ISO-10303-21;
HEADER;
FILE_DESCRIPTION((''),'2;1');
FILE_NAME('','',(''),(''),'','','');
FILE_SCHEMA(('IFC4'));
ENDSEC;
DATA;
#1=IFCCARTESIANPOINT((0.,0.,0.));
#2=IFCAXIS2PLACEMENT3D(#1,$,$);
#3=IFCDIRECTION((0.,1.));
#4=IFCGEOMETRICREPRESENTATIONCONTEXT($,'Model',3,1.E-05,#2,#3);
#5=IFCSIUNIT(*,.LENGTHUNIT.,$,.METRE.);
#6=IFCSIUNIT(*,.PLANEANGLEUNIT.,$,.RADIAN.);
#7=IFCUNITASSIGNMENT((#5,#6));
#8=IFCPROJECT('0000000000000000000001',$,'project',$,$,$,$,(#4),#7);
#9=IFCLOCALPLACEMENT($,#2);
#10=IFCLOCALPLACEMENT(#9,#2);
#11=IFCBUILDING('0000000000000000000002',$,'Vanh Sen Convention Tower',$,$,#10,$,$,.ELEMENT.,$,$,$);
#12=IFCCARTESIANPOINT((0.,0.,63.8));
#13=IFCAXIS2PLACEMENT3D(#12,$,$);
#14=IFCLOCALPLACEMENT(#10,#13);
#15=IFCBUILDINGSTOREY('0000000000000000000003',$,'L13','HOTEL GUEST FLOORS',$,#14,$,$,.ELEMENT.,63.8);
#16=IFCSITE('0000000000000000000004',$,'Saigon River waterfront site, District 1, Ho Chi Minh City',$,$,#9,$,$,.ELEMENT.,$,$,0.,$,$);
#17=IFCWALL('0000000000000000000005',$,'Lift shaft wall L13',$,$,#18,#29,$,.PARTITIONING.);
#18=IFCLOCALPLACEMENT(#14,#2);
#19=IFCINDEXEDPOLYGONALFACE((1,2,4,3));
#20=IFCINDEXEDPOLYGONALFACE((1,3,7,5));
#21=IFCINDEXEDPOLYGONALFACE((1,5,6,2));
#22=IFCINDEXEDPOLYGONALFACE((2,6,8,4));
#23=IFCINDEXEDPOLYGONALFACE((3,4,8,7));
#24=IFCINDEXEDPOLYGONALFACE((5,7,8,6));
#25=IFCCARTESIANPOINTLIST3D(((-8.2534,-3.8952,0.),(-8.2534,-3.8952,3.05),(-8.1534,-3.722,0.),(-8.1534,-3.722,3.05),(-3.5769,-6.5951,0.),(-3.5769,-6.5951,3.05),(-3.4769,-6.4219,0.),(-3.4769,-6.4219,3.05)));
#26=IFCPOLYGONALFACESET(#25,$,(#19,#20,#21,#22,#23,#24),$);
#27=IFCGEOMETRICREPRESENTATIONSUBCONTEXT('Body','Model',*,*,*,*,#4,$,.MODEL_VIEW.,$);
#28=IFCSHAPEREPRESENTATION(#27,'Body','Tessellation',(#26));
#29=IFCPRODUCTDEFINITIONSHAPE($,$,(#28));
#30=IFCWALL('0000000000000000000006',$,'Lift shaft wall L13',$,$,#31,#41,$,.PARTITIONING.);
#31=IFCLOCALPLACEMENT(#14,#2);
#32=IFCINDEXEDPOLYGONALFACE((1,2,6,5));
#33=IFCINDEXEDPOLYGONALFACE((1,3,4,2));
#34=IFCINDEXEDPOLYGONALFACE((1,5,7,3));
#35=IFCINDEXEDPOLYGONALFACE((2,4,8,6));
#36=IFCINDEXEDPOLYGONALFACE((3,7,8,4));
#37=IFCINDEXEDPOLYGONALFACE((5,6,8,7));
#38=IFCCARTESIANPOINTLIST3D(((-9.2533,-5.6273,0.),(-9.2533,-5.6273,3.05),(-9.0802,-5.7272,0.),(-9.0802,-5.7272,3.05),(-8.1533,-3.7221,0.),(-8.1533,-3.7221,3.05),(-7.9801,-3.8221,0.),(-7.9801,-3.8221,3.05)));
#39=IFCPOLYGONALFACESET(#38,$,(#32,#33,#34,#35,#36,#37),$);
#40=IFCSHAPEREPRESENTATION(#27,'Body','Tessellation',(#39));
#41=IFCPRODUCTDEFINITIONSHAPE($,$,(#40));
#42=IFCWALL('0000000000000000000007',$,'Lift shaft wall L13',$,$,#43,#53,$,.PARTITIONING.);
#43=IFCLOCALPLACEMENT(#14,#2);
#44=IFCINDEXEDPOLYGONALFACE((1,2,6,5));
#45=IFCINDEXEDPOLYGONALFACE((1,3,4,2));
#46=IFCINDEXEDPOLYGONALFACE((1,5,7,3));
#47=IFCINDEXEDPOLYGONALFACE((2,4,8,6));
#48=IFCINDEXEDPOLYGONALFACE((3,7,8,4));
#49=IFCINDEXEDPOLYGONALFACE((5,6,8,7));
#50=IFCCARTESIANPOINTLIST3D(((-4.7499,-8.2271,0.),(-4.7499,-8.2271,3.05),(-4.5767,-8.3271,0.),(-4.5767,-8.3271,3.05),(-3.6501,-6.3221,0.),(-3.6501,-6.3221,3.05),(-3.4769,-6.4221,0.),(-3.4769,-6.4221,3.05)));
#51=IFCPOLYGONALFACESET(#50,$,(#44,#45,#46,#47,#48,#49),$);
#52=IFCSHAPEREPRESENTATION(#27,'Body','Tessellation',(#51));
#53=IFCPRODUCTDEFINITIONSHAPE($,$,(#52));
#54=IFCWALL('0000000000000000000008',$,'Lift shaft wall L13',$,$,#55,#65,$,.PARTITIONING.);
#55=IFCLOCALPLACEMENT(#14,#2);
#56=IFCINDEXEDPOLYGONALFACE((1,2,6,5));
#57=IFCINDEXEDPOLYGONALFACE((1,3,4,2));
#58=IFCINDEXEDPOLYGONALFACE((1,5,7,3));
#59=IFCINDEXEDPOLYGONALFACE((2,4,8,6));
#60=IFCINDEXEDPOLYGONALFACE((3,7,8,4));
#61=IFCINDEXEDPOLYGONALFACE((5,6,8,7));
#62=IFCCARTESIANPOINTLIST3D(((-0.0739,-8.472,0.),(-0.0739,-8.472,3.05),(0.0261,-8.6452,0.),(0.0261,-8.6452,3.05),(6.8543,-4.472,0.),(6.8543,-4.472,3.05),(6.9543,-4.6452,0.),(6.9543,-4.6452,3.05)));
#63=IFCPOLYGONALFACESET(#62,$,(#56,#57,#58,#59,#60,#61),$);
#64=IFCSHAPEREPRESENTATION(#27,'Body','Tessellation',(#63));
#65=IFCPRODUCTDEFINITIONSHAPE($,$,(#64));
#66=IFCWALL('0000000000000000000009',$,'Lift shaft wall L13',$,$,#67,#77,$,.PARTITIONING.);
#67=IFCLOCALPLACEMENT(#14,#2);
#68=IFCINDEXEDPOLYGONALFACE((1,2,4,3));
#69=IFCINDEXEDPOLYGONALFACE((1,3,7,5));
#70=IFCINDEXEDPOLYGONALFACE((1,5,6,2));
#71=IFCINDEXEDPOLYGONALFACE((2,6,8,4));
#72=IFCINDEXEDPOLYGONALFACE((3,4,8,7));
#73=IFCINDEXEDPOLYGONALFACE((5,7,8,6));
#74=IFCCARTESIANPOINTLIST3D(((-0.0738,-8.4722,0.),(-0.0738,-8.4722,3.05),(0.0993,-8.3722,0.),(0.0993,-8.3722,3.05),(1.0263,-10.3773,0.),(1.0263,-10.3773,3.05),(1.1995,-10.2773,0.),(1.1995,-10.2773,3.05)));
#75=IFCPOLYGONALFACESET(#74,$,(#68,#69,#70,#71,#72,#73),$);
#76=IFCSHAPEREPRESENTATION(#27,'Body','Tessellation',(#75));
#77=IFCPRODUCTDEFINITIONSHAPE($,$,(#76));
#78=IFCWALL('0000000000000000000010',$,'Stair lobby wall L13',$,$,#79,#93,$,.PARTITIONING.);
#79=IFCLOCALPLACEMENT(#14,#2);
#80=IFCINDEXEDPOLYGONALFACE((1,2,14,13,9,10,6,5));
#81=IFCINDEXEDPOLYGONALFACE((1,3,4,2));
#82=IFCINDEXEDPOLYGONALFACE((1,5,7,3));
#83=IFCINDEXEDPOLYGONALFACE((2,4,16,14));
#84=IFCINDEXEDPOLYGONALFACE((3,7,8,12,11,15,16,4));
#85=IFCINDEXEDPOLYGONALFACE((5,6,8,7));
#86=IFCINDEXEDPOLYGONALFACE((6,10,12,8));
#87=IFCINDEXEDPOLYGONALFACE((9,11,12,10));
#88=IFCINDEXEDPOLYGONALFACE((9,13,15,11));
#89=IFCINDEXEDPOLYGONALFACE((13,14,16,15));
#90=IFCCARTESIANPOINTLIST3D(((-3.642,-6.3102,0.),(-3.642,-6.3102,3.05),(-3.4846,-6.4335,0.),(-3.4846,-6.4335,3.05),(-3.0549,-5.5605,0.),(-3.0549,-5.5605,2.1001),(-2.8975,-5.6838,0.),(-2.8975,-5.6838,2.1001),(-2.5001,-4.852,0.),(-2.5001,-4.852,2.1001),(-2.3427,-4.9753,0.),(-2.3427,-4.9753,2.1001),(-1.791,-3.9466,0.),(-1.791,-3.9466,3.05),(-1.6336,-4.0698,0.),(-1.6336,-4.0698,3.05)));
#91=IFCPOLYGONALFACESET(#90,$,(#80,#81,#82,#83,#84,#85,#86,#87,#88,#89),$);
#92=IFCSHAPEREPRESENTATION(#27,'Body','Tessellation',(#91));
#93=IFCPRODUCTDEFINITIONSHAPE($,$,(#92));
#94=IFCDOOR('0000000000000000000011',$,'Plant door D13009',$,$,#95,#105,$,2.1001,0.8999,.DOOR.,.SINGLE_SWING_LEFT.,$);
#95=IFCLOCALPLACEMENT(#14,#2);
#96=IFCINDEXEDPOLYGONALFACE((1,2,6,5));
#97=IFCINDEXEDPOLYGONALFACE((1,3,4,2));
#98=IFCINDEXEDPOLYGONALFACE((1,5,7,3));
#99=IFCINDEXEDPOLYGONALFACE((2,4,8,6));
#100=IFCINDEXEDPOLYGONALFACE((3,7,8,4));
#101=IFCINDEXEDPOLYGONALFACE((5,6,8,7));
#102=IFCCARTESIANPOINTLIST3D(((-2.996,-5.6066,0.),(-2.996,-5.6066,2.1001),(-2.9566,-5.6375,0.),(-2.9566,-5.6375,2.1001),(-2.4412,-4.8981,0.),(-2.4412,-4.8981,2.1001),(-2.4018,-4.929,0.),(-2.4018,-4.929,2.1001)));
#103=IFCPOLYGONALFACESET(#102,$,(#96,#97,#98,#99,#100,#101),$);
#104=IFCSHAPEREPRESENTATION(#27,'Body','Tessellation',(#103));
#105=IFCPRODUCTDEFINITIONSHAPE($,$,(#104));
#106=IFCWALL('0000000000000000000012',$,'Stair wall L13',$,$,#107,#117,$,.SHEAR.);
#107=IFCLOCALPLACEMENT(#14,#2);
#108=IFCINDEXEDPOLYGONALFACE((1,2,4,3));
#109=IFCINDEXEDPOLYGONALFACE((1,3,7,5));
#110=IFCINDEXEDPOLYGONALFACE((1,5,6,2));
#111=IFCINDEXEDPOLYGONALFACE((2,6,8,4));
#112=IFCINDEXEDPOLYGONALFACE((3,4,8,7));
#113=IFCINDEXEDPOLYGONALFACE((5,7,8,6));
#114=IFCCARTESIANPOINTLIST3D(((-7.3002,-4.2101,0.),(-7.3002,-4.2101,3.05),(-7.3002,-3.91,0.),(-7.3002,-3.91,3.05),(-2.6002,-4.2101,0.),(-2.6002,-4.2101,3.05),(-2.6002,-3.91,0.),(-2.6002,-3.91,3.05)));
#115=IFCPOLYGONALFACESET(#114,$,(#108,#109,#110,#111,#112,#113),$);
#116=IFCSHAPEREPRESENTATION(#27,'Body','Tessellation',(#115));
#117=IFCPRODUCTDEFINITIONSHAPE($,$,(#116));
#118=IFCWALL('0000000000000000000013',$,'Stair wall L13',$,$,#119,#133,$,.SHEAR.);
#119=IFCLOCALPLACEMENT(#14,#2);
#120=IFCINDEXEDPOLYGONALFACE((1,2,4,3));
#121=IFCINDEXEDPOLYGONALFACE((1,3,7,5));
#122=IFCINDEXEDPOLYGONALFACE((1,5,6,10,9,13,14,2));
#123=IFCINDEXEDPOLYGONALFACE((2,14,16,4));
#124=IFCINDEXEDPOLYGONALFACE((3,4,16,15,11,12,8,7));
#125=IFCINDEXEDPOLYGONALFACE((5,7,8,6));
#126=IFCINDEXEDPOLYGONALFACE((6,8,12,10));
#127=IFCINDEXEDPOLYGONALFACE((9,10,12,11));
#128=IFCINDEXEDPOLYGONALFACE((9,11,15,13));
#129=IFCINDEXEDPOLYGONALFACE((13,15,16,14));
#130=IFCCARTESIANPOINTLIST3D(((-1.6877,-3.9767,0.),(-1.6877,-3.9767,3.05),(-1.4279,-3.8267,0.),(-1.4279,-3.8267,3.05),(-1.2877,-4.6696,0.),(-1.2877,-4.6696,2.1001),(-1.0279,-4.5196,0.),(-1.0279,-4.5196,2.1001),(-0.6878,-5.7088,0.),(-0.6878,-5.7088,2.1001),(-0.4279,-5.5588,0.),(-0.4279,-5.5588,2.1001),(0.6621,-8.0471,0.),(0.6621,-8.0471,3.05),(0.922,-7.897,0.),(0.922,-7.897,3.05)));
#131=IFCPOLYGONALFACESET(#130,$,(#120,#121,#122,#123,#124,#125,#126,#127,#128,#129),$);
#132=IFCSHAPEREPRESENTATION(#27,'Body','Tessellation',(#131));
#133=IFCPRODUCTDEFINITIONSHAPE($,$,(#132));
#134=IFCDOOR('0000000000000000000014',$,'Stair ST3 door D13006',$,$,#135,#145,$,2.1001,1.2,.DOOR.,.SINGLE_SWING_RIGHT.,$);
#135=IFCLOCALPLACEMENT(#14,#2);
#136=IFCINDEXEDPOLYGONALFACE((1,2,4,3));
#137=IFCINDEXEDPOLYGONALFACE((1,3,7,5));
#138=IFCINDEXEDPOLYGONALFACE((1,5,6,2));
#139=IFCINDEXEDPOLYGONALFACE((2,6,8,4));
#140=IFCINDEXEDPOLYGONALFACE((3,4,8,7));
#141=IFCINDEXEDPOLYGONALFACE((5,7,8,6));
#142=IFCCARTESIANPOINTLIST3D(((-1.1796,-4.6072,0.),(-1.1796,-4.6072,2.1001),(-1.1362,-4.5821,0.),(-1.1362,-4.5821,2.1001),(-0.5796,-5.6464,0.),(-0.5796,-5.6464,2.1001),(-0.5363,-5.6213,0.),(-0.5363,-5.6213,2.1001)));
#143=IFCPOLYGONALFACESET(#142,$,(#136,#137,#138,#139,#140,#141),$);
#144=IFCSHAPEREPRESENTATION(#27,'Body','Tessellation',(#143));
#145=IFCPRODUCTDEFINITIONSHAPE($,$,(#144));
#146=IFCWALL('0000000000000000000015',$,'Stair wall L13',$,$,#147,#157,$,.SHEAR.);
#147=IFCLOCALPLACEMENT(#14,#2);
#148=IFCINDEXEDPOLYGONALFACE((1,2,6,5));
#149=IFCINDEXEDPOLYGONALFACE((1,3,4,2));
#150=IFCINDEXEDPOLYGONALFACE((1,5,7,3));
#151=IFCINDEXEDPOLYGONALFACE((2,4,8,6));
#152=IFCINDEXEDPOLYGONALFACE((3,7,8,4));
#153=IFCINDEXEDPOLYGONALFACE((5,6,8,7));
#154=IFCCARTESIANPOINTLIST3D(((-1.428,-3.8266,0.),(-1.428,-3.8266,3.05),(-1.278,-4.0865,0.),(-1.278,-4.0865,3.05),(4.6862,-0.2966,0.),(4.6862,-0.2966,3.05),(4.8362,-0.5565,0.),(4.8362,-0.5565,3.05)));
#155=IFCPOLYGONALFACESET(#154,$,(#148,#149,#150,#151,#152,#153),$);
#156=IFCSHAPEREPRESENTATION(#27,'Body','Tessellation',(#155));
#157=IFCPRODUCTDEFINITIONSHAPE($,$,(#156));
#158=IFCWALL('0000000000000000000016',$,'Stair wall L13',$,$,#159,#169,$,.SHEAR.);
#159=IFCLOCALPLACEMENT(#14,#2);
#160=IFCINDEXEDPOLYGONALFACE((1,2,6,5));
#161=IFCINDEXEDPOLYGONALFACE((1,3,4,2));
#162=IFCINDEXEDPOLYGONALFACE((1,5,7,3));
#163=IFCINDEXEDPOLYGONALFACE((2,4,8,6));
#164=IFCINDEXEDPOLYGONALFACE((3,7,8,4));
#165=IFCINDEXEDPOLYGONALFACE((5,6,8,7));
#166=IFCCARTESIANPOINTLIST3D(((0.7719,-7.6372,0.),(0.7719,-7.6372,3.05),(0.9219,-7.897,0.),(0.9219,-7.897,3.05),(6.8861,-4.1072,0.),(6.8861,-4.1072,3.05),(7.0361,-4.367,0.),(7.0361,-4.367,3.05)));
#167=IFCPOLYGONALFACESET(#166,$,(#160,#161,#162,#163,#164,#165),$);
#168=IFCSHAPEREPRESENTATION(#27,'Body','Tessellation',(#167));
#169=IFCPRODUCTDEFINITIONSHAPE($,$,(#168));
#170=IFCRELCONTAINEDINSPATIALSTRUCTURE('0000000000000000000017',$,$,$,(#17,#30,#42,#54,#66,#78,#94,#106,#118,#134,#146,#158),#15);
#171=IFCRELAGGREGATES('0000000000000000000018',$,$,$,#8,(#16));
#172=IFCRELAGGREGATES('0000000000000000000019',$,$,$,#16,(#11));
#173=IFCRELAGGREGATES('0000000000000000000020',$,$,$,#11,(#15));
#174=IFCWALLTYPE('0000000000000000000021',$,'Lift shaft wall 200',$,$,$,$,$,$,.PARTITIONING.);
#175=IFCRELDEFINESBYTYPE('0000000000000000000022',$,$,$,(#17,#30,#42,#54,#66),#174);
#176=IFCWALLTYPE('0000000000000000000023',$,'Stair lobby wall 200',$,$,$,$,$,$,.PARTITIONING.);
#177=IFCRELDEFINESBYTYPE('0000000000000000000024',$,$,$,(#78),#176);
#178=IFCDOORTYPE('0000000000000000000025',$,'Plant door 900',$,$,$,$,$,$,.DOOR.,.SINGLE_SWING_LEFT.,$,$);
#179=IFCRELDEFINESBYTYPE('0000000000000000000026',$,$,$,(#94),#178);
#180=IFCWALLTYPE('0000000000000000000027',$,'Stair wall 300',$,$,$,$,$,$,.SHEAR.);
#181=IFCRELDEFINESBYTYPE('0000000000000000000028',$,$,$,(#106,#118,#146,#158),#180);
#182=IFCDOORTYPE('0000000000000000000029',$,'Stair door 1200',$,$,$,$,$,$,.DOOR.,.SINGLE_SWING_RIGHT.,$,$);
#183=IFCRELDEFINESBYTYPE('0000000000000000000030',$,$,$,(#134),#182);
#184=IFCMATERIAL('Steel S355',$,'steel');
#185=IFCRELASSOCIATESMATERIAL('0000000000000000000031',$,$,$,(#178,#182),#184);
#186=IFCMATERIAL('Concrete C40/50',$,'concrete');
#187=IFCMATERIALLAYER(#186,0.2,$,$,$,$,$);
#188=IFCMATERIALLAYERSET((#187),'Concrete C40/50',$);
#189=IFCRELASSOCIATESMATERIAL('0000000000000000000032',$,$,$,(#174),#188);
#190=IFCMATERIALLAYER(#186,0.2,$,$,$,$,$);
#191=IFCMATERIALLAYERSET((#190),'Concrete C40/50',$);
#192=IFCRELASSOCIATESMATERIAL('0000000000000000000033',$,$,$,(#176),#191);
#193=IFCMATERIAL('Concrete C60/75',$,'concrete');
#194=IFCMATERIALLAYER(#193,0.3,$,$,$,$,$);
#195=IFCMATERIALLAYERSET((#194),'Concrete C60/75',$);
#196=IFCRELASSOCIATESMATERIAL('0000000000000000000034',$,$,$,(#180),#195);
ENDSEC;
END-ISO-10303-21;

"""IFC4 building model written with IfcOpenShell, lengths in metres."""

from ifc_helpers import new_model, si_unit, direction, frame, frame_2d, origin, place, context, subcontext, project, spatial, rectangle, extrude, material, layer, layer_set, type_object, element, fill, save


model = new_model("IFC4")

# Units and contexts
model_context = context("Model", 3, precision=1e-05, world=origin(), true_north=direction((0.0, 1.0)))
body_context = subcontext(model_context, "Body", "Model", "MODEL_VIEW")
ifc_project = project(units=[si_unit("LENGTHUNIT", "METRE"), si_unit("PLANEANGLEUNIT", "RADIAN")], contexts=[model_context])

# Site, building, storey
site_placement = place(None, origin())
site = spatial("IfcSite", under=ifc_project, at=site_placement, Name="Saigon River waterfront site, District 1, Ho Chi Minh City", CompositionType="ELEMENT", RefElevation=0.0)
building_placement = place(site_placement, origin())
building = spatial("IfcBuilding", under=site, at=building_placement, Name="Vanh Sen Convention Tower", CompositionType="ELEMENT")
storey_placement = place(building_placement, frame((0.0, 0.0, 63.8)))
storey = spatial("IfcBuildingStorey", under=building, at=storey_placement, Name="L13", Description="HOTEL GUEST FLOORS", CompositionType="ELEMENT", Elevation=63.8)

# Shared definitions
ifc_material_1 = material(Name="Concrete C40/50", Category="concrete")

# Shared definitions
ifc_material_2 = material(Name="Steel S355", Category="steel")
door_type_1 = type_object("IfcDoorType", Name="Plant door 900", OperationType="SINGLE_SWING_LEFT", PredefinedType="DOOR", material=ifc_material_2)

# Walls
ifc_layer_1 = layer(ifc_material_1, 0.2)
ifc_layer_set_1 = layer_set([ifc_layer_1], Name="Concrete C40/50")
wall_type_1 = type_object("IfcWallType", Name="Lift shaft wall 200", PredefinedType="PARTITIONING", material=ifc_layer_set_1)
wall_1_placement = place(storey_placement, frame((-8.2034, -3.8086, 0.0), z_axis=(0.0, 0.0, 1.0), x_axis=(0.866028, -0.499995, 0.0)))
element("IfcWall", 1, at=wall_1_placement, inside=storey, type_object=wall_type_1, Name="Lift shaft wall L13", PredefinedType="PARTITIONING", context=body_context, shape_type="SweptSolid", body=[
    extrude(rectangle(XDim=5.3999, YDim=0.2, at=frame_2d((2.7, 0.0))), origin(), (0.0, 0.0, 1.0), 3.05),
])
wall_2_placement = place(storey_placement, frame((-8.0667, -3.772, 0.0), z_axis=(0.0, 0.0, 1.0), x_axis=(-0.50003, -0.866008, 0.0)))
element("IfcWall", 2, at=wall_2_placement, inside=storey, type_object=wall_type_1, Name="Lift shaft wall L13", PredefinedType="PARTITIONING", context=body_context, shape_type="SweptSolid", body=[
    extrude(rectangle(XDim=2.2, YDim=0.2, at=frame_2d((1.1001, 0.0))), origin(), (0.0, 0.0, 1.0), 3.05),
])
wall_3_placement = place(storey_placement, frame((-3.5635, -6.3721, 0.0), z_axis=(0.0, 0.0, 1.0), x_axis=(-0.499995, -0.866028, 0.0)))
element("IfcWall", 3, at=wall_3_placement, inside=storey, type_object=wall_type_1, Name="Lift shaft wall L13", PredefinedType="PARTITIONING", context=body_context, shape_type="SweptSolid", body=[
    extrude(rectangle(XDim=2.1997, YDim=0.2, at=frame_2d((1.0999, 0.0))), origin(), (0.0, 0.0, 1.0), 3.05),
])
wall_4_placement = place(storey_placement, frame((-0.0239, -8.5586, 0.0), z_axis=(0.0, 0.0, 1.0), x_axis=(0.866026, 0.499999, 0.0)))
element("IfcWall", 4, at=wall_4_placement, inside=storey, type_object=wall_type_1, Name="Lift shaft wall L13", PredefinedType="PARTITIONING", context=body_context, shape_type="SweptSolid", body=[
    extrude(rectangle(XDim=8.0, YDim=0.2, at=frame_2d((4.0, 0.0))), origin(), (0.0, 0.0, 1.0), 3.05),
])
wall_5_placement = place(storey_placement, frame((0.0127, -8.4221, 0.0), z_axis=(0.0, 0.0, 1.0), x_axis=(0.500078, -0.86598, 0.0)))
element("IfcWall", 5, at=wall_5_placement, inside=storey, type_object=wall_type_1, Name="Lift shaft wall L13", PredefinedType="PARTITIONING", context=body_context, shape_type="SweptSolid", body=[
    extrude(rectangle(XDim=2.2, YDim=0.2, at=frame_2d((1.1001, 0.0))), origin(), (0.0, 0.0, 1.0), 3.05),
])

# Wall, opening, door
ifc_layer_2 = layer(ifc_material_1, 0.2)
ifc_layer_set_2 = layer_set([ifc_layer_2], Name="Concrete C40/50")
wall_type_2 = type_object("IfcWallType", Name="Stair lobby wall 200", PredefinedType="PARTITIONING", material=ifc_layer_set_2)
wall_6_placement = place(storey_placement, frame((-1.7124, -4.0083, 0.0), z_axis=(0.0, 0.0, 1.0), x_axis=(-0.616549, -0.787316, 0.0)))
wall_6 = element("IfcWall", 6, at=wall_6_placement, inside=storey, type_object=wall_type_2, Name="Stair lobby wall L13", PredefinedType="PARTITIONING", context=body_context, shape_type="SweptSolid", body=[
    extrude(rectangle(XDim=3.0022, YDim=0.2, at=frame_2d((1.501, 0.0))), origin(), (0.0, 0.0, 1.0), 3.05),
])
opening_1_placement = place(wall_6_placement, frame((1.1499, 0.0, 0.0)))
opening_1 = element("IfcOpeningElement", 7, at=opening_1_placement, cuts=wall_6, PredefinedType="OPENING", context=body_context, shape_type="SweptSolid", body=[
    extrude(rectangle(XDim=0.8999, YDim=2.1001, at=frame_2d((0.45, 1.05))), frame((0.0, 0.1099, 0.0), z_axis=(0.0, -1.0, 0.0), x_axis=(1.0, 0.0, 0.0)), (0.0, 0.0, 1.0), 0.22),
])
door_1_placement = place(opening_1_placement, origin())
door_1 = element("IfcDoor", 8, at=door_1_placement, inside=storey, type_object=door_type_1, Name="Plant door D13009", OperationType="SINGLE_SWING_LEFT", OverallHeight=2.1001, OverallWidth=0.8999, PredefinedType="DOOR", context=body_context, shape_type="SweptSolid", body=[
    extrude(rectangle(XDim=0.8999, YDim=2.1001, at=frame_2d((0.45, 1.05))), frame((0.0, 0.0249, 0.0), z_axis=(0.0, -1.0, 0.0), x_axis=(1.0, 0.0, 0.0)), (0.0, 0.0, 1.0), 0.05),
])
fill(opening_1, door_1)

# Wall
ifc_material_3 = material(Name="Concrete C60/75", Category="concrete")
ifc_layer_3 = layer(ifc_material_3, 0.3)
ifc_layer_set_3 = layer_set([ifc_layer_3], Name="Concrete C60/75")
wall_type_3 = type_object("IfcWallType", Name="Stair wall 300", PredefinedType="SHEAR", material=ifc_layer_set_3)
wall_7_placement = place(storey_placement, frame((-2.6001, -4.0601, 0.0), z_axis=(0.0, 0.0, 1.0), x_axis=(-1.0, 0.0, 0.0)))
element("IfcWall", 9, at=wall_7_placement, inside=storey, type_object=wall_type_3, Name="Stair wall L13", PredefinedType="SHEAR", context=body_context, shape_type="SweptSolid", body=[
    extrude(rectangle(XDim=4.7, YDim=0.3, at=frame_2d((2.3501, 0.0))), origin(), (0.0, 0.0, 1.0), 3.05),
])

# Wall, opening, door
wall_8_placement = place(storey_placement, frame((-1.5579, -3.9016, 0.0), z_axis=(0.0, 0.0, 1.0), x_axis=(0.499977, -0.866039, 0.0)))
wall_8 = element("IfcWall", 10, at=wall_8_placement, inside=storey, type_object=wall_type_3, Name="Stair wall L13", PredefinedType="SHEAR", context=body_context, shape_type="SweptSolid", body=[
    extrude(rectangle(XDim=4.7, YDim=0.3, at=frame_2d((2.3501, 0.0))), origin(), (0.0, 0.0, 1.0), 3.05),
])
opening_2_placement = place(wall_8_placement, frame((0.8, 0.0, 0.0)))
opening_2 = element("IfcOpeningElement", 11, at=opening_2_placement, cuts=wall_8, PredefinedType="OPENING", context=body_context, shape_type="SweptSolid", body=[
    extrude(rectangle(XDim=1.2, YDim=2.1001, at=frame_2d((0.6001, 1.05))), frame((0.0, 0.1599, 0.0), z_axis=(0.0, -1.0, 0.0), x_axis=(1.0, 0.0, 0.0)), (0.0, 0.0, 1.0), 0.3201),
])
door_type_2 = type_object("IfcDoorType", Name="Stair door 1200", OperationType="SINGLE_SWING_RIGHT", PredefinedType="DOOR", material=ifc_material_2)
door_2_placement = place(opening_2_placement, origin())
door_2 = element("IfcDoor", 12, at=door_2_placement, inside=storey, type_object=door_type_2, Name="Stair ST3 door D13006", OperationType="SINGLE_SWING_RIGHT", OverallHeight=2.1001, OverallWidth=1.2, PredefinedType="DOOR", context=body_context, shape_type="SweptSolid", body=[
    extrude(rectangle(XDim=1.2, YDim=2.1001, at=frame_2d((0.6001, 1.05))), frame((0.0, 0.0249, 0.0), z_axis=(0.0, -1.0, 0.0), x_axis=(1.0, 0.0, 0.0)), (0.0, 0.0, 1.0), 0.05),
])
fill(opening_2, door_2)

# Walls
for number, where, z_axis, x_axis, name in (
    (13, (-1.353, -3.9565, 0.0), (0.0, 0.0, 1.0), (0.866028, 0.499996, 0.0), "Stair wall L13"),
    (14, (0.8469, -7.7671, 0.0), (0.0, 0.0, 1.0), (0.866028, 0.499996, 0.0), "Stair wall L13"),
):
    element("IfcWall", number, at=place(storey_placement, frame(where, z_axis=z_axis, x_axis=x_axis)), inside=storey, type_object=wall_type_3, Name=name, PredefinedType="SHEAR", context=body_context, shape_type="SweptSolid", body=[
        extrude(rectangle(XDim=7.0601, YDim=0.3, at=frame_2d((3.53, 0.0))), origin(), (0.0, 0.0, 1.0), 3.05),
    ])

save(model, "model.ifc")
